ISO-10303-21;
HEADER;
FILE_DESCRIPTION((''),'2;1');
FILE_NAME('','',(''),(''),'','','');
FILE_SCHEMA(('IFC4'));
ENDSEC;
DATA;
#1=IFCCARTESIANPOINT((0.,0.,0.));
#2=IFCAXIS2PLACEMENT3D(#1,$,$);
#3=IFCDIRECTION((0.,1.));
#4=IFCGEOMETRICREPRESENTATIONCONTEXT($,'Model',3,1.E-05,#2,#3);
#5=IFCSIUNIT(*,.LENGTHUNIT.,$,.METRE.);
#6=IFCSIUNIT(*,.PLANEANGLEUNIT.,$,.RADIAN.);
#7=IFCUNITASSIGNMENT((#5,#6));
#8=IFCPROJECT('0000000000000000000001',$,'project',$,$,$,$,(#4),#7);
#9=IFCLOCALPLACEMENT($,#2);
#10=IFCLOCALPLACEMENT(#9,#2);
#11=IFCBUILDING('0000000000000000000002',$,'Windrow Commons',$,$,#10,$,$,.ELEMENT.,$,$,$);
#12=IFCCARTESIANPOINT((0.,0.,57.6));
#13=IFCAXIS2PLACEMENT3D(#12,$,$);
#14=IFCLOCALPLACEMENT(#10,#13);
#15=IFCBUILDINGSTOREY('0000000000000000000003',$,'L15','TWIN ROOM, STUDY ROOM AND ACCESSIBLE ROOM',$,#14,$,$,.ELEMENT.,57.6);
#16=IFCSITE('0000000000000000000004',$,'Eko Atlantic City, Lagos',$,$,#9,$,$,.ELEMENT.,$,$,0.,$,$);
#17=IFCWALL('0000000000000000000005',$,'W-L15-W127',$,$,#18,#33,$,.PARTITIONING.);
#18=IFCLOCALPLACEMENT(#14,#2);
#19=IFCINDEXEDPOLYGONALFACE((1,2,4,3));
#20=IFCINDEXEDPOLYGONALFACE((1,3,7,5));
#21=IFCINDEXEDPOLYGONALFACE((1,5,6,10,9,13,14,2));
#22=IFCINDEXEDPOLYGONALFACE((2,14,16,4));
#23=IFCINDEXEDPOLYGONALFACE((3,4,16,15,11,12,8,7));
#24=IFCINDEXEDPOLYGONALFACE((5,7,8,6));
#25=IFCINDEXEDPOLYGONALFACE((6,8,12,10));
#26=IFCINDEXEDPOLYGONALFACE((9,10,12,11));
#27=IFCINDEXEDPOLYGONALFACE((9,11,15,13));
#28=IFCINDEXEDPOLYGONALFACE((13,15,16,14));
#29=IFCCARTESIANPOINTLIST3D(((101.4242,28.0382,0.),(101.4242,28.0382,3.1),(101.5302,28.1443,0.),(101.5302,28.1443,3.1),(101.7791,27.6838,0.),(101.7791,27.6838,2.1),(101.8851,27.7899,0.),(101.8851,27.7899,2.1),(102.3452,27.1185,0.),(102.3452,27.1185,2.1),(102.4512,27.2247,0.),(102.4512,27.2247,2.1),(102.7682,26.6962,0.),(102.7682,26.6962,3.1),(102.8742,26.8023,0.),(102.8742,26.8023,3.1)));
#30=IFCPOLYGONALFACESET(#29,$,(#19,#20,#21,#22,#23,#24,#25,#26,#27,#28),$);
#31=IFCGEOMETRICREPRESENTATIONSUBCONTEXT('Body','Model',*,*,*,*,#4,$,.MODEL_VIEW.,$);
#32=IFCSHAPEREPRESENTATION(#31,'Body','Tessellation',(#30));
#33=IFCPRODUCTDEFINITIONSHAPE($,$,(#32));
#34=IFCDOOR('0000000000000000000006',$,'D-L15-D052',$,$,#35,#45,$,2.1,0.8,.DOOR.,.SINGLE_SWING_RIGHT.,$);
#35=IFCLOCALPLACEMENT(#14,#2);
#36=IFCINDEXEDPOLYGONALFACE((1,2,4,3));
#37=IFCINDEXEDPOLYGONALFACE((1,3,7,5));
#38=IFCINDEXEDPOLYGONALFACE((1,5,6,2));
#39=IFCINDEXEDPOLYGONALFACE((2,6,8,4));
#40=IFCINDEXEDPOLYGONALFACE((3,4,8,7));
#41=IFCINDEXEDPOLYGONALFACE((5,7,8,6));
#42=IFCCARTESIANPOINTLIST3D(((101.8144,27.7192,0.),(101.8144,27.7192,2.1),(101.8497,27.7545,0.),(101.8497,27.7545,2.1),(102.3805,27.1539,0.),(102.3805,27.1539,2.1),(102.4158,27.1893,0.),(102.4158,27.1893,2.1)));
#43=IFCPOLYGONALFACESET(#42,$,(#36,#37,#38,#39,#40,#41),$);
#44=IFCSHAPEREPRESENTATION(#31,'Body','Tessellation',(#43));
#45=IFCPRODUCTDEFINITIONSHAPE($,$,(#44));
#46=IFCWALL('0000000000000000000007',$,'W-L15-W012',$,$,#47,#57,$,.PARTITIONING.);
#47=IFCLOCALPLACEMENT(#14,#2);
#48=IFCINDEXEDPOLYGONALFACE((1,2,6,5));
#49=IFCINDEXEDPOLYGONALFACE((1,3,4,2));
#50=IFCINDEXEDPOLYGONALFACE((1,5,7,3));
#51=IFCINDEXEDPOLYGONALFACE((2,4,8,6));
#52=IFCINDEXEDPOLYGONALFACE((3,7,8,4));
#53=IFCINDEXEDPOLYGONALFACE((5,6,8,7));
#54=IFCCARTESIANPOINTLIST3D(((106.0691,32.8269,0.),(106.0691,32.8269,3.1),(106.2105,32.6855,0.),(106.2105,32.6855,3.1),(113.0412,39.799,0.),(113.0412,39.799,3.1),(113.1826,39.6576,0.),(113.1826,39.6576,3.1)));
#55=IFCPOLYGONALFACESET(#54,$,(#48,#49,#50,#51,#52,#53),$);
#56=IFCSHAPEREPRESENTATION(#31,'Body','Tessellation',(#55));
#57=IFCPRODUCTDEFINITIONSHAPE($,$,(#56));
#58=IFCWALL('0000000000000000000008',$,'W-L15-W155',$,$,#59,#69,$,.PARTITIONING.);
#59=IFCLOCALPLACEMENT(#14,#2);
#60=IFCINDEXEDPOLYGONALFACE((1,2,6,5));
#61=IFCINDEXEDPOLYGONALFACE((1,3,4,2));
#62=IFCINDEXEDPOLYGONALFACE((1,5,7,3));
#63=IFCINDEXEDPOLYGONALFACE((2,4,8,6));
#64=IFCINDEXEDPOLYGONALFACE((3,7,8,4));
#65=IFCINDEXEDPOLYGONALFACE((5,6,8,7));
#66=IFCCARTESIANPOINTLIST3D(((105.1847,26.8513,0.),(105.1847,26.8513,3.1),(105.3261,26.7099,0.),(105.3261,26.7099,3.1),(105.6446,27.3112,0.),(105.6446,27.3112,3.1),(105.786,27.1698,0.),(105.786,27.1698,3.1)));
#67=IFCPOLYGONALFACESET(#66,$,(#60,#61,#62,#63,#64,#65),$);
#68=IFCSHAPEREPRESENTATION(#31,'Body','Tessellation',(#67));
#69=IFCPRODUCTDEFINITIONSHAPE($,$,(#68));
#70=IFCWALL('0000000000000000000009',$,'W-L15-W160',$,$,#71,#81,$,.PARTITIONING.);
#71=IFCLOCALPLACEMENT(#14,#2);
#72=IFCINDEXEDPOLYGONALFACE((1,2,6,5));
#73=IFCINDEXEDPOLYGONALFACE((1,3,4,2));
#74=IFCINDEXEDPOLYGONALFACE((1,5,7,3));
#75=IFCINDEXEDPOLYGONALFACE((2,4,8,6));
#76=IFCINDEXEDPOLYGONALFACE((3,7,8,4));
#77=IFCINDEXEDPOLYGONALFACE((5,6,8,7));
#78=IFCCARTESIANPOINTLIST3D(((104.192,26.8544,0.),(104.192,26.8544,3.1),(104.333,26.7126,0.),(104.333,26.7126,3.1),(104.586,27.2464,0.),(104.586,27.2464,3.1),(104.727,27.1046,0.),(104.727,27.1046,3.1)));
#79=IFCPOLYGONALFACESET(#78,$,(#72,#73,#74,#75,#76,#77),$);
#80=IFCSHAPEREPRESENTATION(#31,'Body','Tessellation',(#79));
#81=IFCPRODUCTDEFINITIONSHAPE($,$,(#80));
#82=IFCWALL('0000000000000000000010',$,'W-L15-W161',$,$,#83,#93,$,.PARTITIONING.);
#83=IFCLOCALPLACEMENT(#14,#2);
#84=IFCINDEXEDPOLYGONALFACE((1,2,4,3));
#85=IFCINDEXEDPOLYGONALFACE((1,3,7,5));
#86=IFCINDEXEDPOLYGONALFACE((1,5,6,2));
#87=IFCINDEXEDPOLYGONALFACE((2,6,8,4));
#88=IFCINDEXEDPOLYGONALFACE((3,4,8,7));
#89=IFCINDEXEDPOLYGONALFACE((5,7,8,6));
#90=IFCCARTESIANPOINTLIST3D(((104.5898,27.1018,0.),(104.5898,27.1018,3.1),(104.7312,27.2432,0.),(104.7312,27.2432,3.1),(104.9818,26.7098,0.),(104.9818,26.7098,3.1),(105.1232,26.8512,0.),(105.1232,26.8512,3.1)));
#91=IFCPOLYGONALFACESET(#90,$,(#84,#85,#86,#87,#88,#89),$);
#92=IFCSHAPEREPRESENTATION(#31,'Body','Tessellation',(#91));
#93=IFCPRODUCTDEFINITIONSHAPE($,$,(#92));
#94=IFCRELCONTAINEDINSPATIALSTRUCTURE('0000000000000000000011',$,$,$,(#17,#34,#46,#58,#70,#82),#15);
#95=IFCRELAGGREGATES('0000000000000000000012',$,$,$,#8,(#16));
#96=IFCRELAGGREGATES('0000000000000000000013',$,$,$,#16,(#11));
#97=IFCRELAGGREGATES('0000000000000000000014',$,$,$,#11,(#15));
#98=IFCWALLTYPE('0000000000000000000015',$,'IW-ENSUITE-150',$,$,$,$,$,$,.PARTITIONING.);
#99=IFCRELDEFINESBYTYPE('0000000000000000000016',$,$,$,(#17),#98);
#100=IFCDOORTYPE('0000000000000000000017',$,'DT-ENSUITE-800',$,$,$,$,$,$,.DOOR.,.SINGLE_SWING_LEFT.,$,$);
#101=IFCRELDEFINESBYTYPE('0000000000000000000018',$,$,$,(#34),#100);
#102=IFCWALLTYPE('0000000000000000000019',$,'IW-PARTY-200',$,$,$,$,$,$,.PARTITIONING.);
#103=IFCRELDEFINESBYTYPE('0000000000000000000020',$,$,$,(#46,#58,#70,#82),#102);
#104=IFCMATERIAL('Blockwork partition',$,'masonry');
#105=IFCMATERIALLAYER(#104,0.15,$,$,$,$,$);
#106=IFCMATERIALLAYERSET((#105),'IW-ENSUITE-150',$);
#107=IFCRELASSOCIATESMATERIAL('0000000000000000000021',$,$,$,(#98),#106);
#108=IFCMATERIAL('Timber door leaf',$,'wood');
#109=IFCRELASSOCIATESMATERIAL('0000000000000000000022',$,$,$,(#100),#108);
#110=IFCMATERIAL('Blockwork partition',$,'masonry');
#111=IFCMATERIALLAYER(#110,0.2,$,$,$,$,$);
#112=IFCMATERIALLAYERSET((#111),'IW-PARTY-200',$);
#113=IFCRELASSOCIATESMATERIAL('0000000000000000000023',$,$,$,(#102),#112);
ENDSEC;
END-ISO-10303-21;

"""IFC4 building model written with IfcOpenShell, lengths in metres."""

from ifc_helpers import new_model, si_unit, direction, frame, frame_2d, origin, place, context, subcontext, project, spatial, rectangle, extrude, material, layer, layer_set, type_object, element, fill, save


model = new_model("IFC4")

# Units and contexts
model_context = context("Model", 3, precision=1e-05, world=origin(), true_north=direction((0.0, 1.0)))
body_context = subcontext(model_context, "Body", "Model", "MODEL_VIEW")
ifc_project = project(units=[si_unit("LENGTHUNIT", "METRE"), si_unit("PLANEANGLEUNIT", "RADIAN")], contexts=[model_context])

# Site, building, storey
site_placement = place(None, origin())
site = spatial("IfcSite", under=ifc_project, at=site_placement, Name="Eko Atlantic City, Lagos", CompositionType="ELEMENT", RefElevation=0.0)
building_placement = place(site_placement, origin())
building = spatial("IfcBuilding", under=site, at=building_placement, Name="Windrow Commons", CompositionType="ELEMENT")
storey_placement = place(building_placement, frame((0.0, 0.0, 57.6)))
storey = spatial("IfcBuildingStorey", under=building, at=storey_placement, Name="L15", Description="TWIN ROOM, STUDY ROOM AND ACCESSIBLE ROOM", CompositionType="ELEMENT", Elevation=57.6)

# Shared definitions
ifc_material_1 = material(Name="Blockwork partition", Category="masonry")
ifc_layer_1 = layer(ifc_material_1, 0.15)
ifc_layer_set_1 = layer_set([ifc_layer_1], Name="IW-ENSUITE-150")
wall_type_1 = type_object("IfcWallType", Name="IW-ENSUITE-150", PredefinedType="PARTITIONING", material=ifc_layer_set_1)
ifc_material_2 = material(Name="Timber door leaf", Category="wood")
door_type_1 = type_object("IfcDoorType", Name="DT-ENSUITE-800", OperationType="SINGLE_SWING_LEFT", PredefinedType="DOOR", material=ifc_material_2)

# Wall, opening, door
wall_1_placement = place(storey_placement, frame((101.4772, 28.0912, 0.0), z_axis=(0.0, 0.0, 1.0), x_axis=(0.707633, -0.70658, 0.0)))
wall_1 = element("IfcWall", 1, at=wall_1_placement, inside=storey, type_object=wall_type_1, Name="W-L15-W127", PredefinedType="PARTITIONING", context=body_context, shape_type="SweptSolid", body=[
    extrude(rectangle(XDim=1.8993, YDim=0.15, at=frame_2d((0.9496, 0.0))), origin(), (0.0, 0.0, 1.0), 3.1),
])
opening_1_placement = place(wall_1_placement, frame((0.5015, 0.0, 0.0)))
opening_1 = element("IfcOpeningElement", 2, at=opening_1_placement, cuts=wall_1, PredefinedType="OPENING", context=body_context, shape_type="SweptSolid", body=[
    extrude(rectangle(XDim=0.8, YDim=2.1, at=frame_2d((0.4, 1.05))), frame((0.0, 0.085, 0.0), z_axis=(0.0, -1.0, 0.0), x_axis=(1.0, 0.0, 0.0)), (0.0, 0.0, 1.0), 0.17),
])
door_1_placement = place(opening_1_placement, origin())
door_1 = element("IfcDoor", 3, at=door_1_placement, inside=storey, type_object=door_type_1, Name="D-L15-D052", OperationType="SINGLE_SWING_RIGHT", OverallHeight=2.1, OverallWidth=0.8, PredefinedType="DOOR", context=body_context, shape_type="SweptSolid", body=[
    extrude(rectangle(XDim=0.8, YDim=2.1, at=frame_2d((0.4, 1.05))), frame((0.0, 0.025, 0.0), z_axis=(0.0, -1.0, 0.0), x_axis=(1.0, 0.0, 0.0)), (0.0, 0.0, 1.0), 0.05),
])
fill(opening_1, door_1)

# Walls
ifc_material_3 = material(Name="Blockwork partition", Category="masonry")
ifc_layer_2 = layer(ifc_material_3, 0.2)
ifc_layer_set_2 = layer_set([ifc_layer_2], Name="IW-PARTY-200")
wall_type_2 = type_object("IfcWallType", Name="IW-PARTY-200", PredefinedType="PARTITIONING", material=ifc_layer_set_2)
wall_2_placement = place(storey_placement, frame((106.1398, 32.7562, 0.0), z_axis=(0.0, 0.0, 1.0), x_axis=(0.707107, 0.707107, 0.0)))
element("IfcWall", 4, at=wall_2_placement, inside=storey, type_object=wall_type_2, Name="W-L15-W012", PredefinedType="PARTITIONING", context=body_context, shape_type="SweptSolid", body=[
    extrude(rectangle(XDim=9.86, YDim=0.2, at=frame_2d((4.93, 0.0))), origin(), (0.0, 0.0, 1.0), 3.1),
])
wall_3_placement = place(storey_placement, frame((105.2554, 26.7806, 0.0), z_axis=(0.0, 0.0, 1.0), x_axis=(0.707107, 0.707107, 0.0)))
element("IfcWall", 5, at=wall_3_placement, inside=storey, type_object=wall_type_2, Name="W-L15-W155", PredefinedType="PARTITIONING", context=body_context, shape_type="SweptSolid", body=[
    extrude(rectangle(XDim=0.6505, YDim=0.2, at=frame_2d((0.3252, 0.0))), origin(), (0.0, 0.0, 1.0), 3.1),
])
wall_4_placement = place(storey_placement, frame((104.2625, 26.7835, 0.0), z_axis=(0.0, 0.0, 1.0), x_axis=(0.708904, 0.705305, 0.0)))
element("IfcWall", 6, at=wall_4_placement, inside=storey, type_object=wall_type_2, Name="W-L15-W160", PredefinedType="PARTITIONING", context=body_context, shape_type="SweptSolid", body=[
    extrude(rectangle(XDim=0.5558, YDim=0.2, at=frame_2d((0.2779, 0.0))), origin(), (0.0, 0.0, 1.0), 3.1),
])
wall_5_placement = place(storey_placement, frame((104.6605, 27.1725, 0.0), z_axis=(0.0, 0.0, 1.0), x_axis=(0.707107, -0.707107, 0.0)))
element("IfcWall", 7, at=wall_5_placement, inside=storey, type_object=wall_type_2, Name="W-L15-W161", PredefinedType="PARTITIONING", context=body_context, shape_type="SweptSolid", body=[
    extrude(rectangle(XDim=0.5544, YDim=0.2, at=frame_2d((0.2772, 0.0))), origin(), (0.0, 0.0, 1.0), 3.1),
])

save(model, "model.ifc")
